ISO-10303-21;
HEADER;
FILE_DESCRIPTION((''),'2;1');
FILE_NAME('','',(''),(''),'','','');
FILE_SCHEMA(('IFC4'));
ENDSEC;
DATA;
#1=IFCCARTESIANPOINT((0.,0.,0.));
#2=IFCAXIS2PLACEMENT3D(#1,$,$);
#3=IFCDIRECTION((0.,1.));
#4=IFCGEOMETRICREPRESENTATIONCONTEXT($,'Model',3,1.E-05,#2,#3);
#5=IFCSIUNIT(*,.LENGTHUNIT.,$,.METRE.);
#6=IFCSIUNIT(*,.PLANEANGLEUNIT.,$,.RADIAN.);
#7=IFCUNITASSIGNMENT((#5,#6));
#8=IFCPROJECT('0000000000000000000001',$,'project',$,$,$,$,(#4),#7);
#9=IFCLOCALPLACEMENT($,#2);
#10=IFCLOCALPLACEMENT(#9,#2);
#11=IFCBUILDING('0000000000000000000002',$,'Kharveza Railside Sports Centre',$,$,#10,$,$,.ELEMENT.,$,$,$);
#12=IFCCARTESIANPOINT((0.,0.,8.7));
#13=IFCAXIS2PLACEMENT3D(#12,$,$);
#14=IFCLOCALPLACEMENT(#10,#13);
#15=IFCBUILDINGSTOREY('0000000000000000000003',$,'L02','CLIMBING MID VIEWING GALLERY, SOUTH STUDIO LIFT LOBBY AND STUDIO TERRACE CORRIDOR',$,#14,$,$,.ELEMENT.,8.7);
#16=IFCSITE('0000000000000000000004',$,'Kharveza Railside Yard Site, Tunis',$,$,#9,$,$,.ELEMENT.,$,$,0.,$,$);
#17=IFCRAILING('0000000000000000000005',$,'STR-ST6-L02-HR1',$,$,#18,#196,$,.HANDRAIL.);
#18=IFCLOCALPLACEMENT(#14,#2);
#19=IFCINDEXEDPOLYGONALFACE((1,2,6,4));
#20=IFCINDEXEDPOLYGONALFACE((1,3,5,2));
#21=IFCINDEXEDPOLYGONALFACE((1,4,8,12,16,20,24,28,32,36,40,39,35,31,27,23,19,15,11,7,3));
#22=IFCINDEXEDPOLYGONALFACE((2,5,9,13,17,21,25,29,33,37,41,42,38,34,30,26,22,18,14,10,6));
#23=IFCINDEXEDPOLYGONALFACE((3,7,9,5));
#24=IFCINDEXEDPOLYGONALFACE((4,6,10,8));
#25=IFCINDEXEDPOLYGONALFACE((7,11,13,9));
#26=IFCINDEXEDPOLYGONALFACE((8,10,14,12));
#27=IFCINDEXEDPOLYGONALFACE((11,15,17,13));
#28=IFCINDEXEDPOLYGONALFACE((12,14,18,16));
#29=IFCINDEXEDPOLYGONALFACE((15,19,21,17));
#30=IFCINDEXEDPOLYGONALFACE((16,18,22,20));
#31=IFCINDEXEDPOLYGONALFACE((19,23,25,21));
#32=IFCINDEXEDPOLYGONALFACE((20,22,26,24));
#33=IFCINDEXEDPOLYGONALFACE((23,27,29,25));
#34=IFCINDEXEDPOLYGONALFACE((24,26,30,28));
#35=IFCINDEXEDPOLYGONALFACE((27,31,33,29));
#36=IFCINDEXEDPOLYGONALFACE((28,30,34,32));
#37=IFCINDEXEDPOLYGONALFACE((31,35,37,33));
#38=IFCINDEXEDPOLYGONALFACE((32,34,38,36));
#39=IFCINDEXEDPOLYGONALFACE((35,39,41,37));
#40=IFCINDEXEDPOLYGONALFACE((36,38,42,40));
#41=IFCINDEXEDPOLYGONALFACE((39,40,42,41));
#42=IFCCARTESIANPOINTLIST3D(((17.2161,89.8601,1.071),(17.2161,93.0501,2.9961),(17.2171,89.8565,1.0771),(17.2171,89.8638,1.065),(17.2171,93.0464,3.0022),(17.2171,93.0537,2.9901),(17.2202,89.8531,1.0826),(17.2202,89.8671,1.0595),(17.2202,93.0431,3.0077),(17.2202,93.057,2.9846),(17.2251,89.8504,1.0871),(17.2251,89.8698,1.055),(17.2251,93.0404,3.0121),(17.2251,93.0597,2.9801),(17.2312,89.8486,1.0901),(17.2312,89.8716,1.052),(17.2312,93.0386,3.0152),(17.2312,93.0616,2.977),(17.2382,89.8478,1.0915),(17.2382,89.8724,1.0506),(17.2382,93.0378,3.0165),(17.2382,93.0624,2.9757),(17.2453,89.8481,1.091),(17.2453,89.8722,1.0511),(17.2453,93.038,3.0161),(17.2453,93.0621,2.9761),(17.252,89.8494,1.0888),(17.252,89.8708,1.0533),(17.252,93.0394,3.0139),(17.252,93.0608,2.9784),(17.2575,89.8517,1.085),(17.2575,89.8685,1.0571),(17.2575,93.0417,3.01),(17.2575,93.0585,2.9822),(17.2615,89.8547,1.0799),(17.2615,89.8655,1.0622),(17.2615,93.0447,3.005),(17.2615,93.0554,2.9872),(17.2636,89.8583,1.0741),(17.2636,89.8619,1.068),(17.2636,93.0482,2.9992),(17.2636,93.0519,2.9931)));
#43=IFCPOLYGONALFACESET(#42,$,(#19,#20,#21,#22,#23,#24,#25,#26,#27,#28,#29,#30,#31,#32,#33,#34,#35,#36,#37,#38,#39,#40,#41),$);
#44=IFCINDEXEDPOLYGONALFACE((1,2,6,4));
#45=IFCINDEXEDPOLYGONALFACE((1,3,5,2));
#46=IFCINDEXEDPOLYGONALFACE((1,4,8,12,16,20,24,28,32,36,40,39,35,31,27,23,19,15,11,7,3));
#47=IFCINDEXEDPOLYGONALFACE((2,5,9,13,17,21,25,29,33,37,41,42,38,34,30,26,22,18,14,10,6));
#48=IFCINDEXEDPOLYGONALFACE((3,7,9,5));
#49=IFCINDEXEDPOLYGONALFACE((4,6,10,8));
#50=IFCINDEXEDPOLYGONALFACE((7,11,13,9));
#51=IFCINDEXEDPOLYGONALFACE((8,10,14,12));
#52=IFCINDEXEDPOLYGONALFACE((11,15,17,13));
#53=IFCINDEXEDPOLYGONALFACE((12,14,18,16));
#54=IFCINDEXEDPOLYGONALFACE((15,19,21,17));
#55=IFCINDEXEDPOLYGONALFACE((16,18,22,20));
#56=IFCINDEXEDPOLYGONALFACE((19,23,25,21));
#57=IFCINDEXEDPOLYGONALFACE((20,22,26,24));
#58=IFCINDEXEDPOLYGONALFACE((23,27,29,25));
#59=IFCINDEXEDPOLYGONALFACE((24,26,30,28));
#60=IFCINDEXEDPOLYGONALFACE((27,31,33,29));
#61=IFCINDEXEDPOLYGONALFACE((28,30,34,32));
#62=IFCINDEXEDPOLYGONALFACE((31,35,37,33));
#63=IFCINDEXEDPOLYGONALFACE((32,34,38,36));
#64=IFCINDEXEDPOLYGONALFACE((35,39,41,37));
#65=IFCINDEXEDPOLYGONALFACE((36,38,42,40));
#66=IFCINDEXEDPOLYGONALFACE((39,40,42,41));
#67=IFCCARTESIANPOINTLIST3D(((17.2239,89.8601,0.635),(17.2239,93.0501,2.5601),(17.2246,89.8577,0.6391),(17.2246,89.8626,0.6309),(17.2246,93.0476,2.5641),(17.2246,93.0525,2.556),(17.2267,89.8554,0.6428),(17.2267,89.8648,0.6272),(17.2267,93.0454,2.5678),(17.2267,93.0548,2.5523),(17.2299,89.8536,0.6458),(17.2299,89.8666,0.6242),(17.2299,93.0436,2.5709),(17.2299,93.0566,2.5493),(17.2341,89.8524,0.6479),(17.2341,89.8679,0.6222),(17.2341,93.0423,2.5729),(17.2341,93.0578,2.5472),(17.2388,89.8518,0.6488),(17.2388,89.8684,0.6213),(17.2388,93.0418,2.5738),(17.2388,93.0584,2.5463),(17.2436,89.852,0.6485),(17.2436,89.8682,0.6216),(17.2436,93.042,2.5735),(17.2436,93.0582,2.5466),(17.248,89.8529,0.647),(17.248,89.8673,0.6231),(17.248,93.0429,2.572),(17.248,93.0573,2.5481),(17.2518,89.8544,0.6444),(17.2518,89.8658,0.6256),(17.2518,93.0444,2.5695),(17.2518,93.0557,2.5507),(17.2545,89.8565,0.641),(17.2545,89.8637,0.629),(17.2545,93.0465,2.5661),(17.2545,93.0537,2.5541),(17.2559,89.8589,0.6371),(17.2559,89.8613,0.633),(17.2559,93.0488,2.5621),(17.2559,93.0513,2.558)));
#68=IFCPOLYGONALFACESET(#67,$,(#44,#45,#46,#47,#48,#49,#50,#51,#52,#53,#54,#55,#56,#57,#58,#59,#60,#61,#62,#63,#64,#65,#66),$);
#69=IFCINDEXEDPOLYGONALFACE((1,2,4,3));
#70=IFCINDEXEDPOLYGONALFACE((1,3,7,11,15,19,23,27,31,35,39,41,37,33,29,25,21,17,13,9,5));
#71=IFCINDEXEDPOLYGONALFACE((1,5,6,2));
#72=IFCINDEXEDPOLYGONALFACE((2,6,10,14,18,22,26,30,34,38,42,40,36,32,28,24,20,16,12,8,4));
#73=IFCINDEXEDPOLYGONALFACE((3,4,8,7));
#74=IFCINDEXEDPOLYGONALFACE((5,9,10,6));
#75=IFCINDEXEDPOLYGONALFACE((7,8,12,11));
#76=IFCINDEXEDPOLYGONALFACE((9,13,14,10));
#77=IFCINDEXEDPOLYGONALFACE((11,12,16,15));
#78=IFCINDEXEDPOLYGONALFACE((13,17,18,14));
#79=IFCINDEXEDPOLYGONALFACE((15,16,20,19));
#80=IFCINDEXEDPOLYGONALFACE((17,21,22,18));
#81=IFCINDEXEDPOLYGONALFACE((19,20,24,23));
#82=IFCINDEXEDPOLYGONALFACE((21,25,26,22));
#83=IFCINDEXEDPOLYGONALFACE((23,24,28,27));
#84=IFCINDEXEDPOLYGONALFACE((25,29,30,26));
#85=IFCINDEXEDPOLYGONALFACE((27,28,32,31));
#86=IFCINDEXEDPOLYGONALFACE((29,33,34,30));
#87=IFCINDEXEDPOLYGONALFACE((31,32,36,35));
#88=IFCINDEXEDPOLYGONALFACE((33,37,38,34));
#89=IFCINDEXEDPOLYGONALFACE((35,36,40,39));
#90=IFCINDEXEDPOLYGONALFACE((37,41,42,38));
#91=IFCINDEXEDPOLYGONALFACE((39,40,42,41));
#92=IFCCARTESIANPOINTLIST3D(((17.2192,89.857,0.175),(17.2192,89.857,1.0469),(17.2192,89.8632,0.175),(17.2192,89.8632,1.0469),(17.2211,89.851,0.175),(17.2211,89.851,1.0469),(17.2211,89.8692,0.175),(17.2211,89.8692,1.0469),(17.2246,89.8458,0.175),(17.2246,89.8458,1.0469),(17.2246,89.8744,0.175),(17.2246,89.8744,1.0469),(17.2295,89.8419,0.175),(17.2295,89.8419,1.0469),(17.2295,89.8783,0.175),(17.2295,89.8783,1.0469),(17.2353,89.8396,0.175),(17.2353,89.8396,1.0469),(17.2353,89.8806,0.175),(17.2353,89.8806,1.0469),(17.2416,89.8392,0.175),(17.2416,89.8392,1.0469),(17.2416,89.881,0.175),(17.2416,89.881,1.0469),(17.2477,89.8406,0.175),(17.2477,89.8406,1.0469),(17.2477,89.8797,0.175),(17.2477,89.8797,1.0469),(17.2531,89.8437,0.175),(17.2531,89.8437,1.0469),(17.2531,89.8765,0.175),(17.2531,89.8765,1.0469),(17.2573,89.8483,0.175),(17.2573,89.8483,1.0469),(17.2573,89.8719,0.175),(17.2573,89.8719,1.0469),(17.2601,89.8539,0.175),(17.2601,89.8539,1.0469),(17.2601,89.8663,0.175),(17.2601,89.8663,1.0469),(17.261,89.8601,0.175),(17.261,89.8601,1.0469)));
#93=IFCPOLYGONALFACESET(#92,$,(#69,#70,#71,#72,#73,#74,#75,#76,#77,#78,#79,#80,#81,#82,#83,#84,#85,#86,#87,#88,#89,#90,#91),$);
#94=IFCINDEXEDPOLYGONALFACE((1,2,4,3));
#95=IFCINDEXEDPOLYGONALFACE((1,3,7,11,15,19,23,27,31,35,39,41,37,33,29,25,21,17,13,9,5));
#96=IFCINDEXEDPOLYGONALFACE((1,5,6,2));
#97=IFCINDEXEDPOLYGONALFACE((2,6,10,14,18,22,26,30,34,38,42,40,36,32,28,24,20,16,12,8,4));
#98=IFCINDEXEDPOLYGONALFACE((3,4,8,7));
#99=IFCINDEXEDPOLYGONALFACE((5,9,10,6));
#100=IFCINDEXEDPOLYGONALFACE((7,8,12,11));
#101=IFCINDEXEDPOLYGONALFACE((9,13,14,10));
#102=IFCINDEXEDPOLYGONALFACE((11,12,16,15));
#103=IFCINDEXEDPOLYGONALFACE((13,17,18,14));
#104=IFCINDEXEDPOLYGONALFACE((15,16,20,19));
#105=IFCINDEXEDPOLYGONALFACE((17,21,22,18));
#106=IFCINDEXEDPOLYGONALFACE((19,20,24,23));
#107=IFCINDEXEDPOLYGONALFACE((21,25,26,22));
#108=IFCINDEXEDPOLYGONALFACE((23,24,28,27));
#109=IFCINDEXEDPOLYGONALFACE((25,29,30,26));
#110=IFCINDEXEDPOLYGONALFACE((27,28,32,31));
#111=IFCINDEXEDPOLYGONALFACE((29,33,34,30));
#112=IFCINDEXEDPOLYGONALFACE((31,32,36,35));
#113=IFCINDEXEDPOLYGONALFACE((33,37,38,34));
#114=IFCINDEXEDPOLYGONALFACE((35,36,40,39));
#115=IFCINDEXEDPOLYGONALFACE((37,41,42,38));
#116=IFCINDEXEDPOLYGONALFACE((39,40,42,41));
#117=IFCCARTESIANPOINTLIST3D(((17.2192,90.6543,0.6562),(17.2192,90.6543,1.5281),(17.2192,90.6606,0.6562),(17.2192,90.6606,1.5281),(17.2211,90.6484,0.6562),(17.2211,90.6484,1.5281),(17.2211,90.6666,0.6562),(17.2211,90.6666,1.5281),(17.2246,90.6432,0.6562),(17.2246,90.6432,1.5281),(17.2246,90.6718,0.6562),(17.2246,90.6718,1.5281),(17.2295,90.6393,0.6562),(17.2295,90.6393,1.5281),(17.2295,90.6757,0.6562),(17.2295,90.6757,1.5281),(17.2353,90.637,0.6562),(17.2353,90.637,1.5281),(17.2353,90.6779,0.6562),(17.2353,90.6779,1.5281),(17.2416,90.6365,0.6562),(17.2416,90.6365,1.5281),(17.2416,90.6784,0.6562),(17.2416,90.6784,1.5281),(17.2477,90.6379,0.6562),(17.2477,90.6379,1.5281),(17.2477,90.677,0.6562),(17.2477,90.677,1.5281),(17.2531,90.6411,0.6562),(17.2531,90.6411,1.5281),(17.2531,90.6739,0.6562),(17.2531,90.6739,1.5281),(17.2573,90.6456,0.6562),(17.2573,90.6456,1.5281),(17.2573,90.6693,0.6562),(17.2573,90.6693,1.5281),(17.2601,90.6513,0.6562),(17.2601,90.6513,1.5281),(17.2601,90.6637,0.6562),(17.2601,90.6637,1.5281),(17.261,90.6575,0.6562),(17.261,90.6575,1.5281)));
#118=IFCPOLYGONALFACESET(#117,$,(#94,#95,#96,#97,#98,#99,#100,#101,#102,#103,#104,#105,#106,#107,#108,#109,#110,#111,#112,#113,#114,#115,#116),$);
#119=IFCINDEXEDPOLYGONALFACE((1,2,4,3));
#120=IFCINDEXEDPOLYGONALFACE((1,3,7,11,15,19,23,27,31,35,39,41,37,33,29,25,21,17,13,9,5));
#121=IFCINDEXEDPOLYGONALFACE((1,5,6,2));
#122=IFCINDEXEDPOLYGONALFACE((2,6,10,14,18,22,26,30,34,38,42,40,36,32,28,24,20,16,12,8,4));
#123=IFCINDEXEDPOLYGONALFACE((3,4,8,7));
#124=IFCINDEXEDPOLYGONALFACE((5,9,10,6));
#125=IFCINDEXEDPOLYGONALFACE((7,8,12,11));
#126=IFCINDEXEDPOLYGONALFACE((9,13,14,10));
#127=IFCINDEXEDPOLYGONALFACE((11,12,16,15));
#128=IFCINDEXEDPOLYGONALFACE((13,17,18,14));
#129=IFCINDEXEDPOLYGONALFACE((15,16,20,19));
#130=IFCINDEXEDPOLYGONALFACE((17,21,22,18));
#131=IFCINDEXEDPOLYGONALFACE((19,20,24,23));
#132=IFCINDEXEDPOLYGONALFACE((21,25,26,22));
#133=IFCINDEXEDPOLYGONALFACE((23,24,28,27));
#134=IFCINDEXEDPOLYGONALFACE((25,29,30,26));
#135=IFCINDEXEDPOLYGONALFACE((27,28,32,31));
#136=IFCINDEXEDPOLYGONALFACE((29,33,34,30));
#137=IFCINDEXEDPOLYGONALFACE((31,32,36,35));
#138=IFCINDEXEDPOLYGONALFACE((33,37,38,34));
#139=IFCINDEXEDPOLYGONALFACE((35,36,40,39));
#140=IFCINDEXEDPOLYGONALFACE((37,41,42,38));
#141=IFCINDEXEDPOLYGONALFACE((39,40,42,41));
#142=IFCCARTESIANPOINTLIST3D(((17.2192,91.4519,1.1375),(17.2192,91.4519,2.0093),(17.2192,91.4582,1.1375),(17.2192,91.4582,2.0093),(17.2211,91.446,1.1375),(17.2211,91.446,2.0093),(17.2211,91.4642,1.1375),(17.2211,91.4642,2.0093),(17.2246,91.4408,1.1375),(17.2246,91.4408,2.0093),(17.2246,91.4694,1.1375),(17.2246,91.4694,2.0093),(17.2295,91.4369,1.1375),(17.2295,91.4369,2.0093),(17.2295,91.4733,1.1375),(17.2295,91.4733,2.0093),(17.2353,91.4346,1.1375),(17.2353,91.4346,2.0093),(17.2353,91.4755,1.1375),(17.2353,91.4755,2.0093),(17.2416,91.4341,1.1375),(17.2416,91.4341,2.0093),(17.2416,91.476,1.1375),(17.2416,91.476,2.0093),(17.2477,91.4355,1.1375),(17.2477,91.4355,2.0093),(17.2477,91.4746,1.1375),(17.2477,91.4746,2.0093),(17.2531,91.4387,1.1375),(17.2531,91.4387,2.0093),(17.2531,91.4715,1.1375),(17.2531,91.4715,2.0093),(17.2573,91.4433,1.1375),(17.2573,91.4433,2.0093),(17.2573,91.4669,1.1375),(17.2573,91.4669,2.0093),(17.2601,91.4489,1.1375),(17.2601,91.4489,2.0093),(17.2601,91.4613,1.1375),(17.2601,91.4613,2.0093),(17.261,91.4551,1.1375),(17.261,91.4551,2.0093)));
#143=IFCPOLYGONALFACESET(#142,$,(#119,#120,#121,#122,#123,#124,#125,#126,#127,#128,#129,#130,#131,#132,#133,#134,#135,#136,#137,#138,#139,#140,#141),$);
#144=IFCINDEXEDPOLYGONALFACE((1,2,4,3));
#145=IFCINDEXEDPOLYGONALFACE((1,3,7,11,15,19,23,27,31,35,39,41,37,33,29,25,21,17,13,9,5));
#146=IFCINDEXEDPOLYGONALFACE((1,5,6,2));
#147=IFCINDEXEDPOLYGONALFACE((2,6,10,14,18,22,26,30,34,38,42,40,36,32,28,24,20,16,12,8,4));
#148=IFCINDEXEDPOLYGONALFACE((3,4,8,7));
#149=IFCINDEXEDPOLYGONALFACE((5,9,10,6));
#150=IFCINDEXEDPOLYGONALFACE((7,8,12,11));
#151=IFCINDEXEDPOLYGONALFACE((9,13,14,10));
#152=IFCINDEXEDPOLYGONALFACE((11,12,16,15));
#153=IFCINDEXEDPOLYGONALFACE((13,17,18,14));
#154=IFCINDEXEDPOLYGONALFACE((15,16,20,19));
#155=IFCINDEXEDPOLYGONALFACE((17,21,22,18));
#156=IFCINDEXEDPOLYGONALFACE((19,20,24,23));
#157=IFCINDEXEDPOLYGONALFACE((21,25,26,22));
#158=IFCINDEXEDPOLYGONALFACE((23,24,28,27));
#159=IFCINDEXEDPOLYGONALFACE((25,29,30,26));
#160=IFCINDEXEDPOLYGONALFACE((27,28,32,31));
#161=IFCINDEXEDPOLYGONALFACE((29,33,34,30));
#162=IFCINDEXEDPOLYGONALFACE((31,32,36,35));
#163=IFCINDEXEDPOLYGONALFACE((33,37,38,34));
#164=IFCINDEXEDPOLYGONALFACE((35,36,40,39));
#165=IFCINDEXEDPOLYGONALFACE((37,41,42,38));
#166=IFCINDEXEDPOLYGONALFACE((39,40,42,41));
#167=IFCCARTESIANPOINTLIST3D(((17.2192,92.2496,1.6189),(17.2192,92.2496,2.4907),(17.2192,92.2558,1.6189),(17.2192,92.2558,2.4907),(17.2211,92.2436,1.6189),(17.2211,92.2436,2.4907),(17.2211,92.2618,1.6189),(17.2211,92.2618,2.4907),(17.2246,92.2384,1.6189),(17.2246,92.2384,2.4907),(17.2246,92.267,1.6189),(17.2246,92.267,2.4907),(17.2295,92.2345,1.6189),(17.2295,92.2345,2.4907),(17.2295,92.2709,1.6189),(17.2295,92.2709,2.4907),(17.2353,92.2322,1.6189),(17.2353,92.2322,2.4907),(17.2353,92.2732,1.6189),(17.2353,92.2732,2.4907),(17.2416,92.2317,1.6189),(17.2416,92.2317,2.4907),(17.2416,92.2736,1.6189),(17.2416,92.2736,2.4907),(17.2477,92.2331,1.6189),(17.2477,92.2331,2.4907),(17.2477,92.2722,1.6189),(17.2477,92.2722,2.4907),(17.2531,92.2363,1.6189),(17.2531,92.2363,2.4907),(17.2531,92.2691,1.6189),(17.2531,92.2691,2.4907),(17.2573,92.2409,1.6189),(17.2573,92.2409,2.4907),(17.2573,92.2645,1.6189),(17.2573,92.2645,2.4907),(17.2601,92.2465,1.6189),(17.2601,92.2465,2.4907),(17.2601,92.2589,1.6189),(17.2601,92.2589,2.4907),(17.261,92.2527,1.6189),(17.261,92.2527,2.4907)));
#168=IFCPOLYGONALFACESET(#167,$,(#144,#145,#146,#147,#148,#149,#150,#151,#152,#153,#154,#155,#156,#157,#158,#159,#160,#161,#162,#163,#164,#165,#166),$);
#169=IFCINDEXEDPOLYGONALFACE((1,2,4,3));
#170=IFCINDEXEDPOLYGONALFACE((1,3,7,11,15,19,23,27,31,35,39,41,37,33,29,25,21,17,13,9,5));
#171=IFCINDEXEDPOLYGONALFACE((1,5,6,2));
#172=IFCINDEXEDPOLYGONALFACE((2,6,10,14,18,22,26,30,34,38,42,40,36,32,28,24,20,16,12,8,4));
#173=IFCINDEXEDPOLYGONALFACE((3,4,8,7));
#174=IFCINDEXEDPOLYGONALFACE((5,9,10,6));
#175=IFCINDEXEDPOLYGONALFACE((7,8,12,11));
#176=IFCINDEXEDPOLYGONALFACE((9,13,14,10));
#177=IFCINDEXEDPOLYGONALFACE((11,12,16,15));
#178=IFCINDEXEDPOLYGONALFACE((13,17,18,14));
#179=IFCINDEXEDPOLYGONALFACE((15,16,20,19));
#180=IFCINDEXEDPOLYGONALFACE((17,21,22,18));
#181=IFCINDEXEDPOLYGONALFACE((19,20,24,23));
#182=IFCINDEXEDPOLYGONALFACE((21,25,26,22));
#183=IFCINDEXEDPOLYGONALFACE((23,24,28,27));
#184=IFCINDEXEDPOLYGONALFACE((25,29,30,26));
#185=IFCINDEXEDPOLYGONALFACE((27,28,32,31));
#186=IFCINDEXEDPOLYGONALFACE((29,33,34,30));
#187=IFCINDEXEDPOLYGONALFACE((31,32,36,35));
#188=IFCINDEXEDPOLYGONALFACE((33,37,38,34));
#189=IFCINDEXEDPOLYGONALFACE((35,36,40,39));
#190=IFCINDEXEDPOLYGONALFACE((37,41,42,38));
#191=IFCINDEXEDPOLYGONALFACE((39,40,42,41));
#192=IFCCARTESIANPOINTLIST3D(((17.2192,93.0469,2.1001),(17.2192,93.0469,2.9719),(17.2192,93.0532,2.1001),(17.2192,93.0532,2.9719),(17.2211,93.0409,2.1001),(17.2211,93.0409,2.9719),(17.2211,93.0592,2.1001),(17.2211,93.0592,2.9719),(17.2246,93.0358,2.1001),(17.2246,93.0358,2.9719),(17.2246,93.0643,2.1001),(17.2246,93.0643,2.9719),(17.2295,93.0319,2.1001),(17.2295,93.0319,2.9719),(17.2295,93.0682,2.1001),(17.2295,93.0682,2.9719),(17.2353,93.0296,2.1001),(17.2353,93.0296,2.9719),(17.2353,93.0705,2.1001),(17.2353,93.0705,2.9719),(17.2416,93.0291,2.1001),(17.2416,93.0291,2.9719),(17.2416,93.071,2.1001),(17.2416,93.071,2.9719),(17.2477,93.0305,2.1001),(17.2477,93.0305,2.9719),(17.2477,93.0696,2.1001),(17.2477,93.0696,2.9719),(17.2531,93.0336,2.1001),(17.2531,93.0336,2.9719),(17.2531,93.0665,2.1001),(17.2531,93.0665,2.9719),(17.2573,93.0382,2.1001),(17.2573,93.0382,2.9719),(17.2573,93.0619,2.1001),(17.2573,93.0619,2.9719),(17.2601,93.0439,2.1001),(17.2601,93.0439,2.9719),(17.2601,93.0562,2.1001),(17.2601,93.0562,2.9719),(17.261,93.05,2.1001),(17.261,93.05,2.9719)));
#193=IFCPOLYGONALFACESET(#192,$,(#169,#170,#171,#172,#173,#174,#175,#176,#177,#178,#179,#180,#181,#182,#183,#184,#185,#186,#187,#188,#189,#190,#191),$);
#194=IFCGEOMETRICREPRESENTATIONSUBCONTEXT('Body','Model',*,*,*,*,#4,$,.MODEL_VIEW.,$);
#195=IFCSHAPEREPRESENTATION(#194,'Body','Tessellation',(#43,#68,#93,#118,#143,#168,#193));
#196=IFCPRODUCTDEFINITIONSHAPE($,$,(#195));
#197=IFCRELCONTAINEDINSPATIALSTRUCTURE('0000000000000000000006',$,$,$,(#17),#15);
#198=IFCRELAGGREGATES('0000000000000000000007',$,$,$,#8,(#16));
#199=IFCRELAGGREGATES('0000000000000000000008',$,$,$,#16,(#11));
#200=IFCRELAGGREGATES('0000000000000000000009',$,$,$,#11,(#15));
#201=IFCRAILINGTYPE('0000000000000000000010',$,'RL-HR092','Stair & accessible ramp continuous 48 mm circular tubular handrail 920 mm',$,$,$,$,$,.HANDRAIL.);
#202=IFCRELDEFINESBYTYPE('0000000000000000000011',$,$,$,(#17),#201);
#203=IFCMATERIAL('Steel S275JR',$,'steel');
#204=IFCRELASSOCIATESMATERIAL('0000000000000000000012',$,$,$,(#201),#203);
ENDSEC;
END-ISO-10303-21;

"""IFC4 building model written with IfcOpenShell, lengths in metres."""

from ifc_helpers import new_model, si_unit, direction, frame, origin, origin_2d, place, context, subcontext, project, spatial, circle, extrude, material, type_object, element, save


model = new_model("IFC4")

# Units and contexts
model_context = context("Model", 3, precision=1e-05, world=origin(), true_north=direction((0.0, 1.0)))
body_context = subcontext(model_context, "Body", "Model", "MODEL_VIEW")
ifc_project = project(units=[si_unit("LENGTHUNIT", "METRE"), si_unit("PLANEANGLEUNIT", "RADIAN")], contexts=[model_context])

# Site, building, storey
site_placement = place(None, origin())
site = spatial("IfcSite", under=ifc_project, at=site_placement, Name="Kharveza Railside Yard Site, Tunis", CompositionType="ELEMENT", RefElevation=0.0)
building_placement = place(site_placement, origin())
building = spatial("IfcBuilding", under=site, at=building_placement, Name="Kharveza Railside Sports Centre", CompositionType="ELEMENT")
storey_placement = place(building_placement, frame((0.0, 0.0, 8.7)))
storey = spatial("IfcBuildingStorey", under=building, at=storey_placement, Name="L02", Description="CLIMBING MID VIEWING GALLERY, SOUTH STUDIO LIFT LOBBY AND STUDIO TERRACE CORRIDOR", CompositionType="ELEMENT", Elevation=8.7)

# Railing
ifc_material_1 = material(Name="Steel S275JR", Category="steel")
railing_type_1 = type_object("IfcRailingType", Name="RL-HR092", Description="Stair & accessible ramp continuous 48 mm circular tubular handrail 920 mm", PredefinedType="HANDRAIL", material=ifc_material_1)
railing_1_placement = place(storey_placement, frame((17.24, 89.8601, 0.175)))
element("IfcRailing", 1, at=railing_1_placement, inside=storey, type_object=railing_type_1, Name="STR-ST6-L02-HR1", PredefinedType="HANDRAIL", context=body_context, shape_type="SweptSolid", body=[
    extrude(circle(Radius=0.0239, at=origin_2d()), frame((0.0, 0.0, 0.896), z_axis=(0.0, 0.856178, 0.516682), x_axis=(-1.0, 0.0, 0.0)), (0.0, 0.0, 1.0), 3.7258),
    extrude(circle(Radius=0.0161, at=origin_2d()), frame((0.0, 0.0, 0.46), z_axis=(0.0, 0.856178, 0.516682), x_axis=(-1.0, 0.0, 0.0)), (0.0, 0.0, 1.0), 3.7258),
    extrude(circle(Radius=0.021, at=origin_2d()), origin(), (0.0, 0.0, 1.0), 0.8718),
    extrude(circle(Radius=0.021, at=origin_2d()), frame((0.0, 0.7974, 0.4812)), (0.0, 0.0, 1.0), 0.8718),
    extrude(circle(Radius=0.021, at=origin_2d()), frame((0.0, 1.595, 0.9624)), (0.0, 0.0, 1.0), 0.8718),
    extrude(circle(Radius=0.021, at=origin_2d()), frame((0.0, 2.3926, 1.4438)), (0.0, 0.0, 1.0), 0.8718),
    extrude(circle(Radius=0.021, at=origin_2d()), frame((0.0, 3.1899, 1.925)), (0.0, 0.0, 1.0), 0.8718),
])

save(model, "model.ifc")
